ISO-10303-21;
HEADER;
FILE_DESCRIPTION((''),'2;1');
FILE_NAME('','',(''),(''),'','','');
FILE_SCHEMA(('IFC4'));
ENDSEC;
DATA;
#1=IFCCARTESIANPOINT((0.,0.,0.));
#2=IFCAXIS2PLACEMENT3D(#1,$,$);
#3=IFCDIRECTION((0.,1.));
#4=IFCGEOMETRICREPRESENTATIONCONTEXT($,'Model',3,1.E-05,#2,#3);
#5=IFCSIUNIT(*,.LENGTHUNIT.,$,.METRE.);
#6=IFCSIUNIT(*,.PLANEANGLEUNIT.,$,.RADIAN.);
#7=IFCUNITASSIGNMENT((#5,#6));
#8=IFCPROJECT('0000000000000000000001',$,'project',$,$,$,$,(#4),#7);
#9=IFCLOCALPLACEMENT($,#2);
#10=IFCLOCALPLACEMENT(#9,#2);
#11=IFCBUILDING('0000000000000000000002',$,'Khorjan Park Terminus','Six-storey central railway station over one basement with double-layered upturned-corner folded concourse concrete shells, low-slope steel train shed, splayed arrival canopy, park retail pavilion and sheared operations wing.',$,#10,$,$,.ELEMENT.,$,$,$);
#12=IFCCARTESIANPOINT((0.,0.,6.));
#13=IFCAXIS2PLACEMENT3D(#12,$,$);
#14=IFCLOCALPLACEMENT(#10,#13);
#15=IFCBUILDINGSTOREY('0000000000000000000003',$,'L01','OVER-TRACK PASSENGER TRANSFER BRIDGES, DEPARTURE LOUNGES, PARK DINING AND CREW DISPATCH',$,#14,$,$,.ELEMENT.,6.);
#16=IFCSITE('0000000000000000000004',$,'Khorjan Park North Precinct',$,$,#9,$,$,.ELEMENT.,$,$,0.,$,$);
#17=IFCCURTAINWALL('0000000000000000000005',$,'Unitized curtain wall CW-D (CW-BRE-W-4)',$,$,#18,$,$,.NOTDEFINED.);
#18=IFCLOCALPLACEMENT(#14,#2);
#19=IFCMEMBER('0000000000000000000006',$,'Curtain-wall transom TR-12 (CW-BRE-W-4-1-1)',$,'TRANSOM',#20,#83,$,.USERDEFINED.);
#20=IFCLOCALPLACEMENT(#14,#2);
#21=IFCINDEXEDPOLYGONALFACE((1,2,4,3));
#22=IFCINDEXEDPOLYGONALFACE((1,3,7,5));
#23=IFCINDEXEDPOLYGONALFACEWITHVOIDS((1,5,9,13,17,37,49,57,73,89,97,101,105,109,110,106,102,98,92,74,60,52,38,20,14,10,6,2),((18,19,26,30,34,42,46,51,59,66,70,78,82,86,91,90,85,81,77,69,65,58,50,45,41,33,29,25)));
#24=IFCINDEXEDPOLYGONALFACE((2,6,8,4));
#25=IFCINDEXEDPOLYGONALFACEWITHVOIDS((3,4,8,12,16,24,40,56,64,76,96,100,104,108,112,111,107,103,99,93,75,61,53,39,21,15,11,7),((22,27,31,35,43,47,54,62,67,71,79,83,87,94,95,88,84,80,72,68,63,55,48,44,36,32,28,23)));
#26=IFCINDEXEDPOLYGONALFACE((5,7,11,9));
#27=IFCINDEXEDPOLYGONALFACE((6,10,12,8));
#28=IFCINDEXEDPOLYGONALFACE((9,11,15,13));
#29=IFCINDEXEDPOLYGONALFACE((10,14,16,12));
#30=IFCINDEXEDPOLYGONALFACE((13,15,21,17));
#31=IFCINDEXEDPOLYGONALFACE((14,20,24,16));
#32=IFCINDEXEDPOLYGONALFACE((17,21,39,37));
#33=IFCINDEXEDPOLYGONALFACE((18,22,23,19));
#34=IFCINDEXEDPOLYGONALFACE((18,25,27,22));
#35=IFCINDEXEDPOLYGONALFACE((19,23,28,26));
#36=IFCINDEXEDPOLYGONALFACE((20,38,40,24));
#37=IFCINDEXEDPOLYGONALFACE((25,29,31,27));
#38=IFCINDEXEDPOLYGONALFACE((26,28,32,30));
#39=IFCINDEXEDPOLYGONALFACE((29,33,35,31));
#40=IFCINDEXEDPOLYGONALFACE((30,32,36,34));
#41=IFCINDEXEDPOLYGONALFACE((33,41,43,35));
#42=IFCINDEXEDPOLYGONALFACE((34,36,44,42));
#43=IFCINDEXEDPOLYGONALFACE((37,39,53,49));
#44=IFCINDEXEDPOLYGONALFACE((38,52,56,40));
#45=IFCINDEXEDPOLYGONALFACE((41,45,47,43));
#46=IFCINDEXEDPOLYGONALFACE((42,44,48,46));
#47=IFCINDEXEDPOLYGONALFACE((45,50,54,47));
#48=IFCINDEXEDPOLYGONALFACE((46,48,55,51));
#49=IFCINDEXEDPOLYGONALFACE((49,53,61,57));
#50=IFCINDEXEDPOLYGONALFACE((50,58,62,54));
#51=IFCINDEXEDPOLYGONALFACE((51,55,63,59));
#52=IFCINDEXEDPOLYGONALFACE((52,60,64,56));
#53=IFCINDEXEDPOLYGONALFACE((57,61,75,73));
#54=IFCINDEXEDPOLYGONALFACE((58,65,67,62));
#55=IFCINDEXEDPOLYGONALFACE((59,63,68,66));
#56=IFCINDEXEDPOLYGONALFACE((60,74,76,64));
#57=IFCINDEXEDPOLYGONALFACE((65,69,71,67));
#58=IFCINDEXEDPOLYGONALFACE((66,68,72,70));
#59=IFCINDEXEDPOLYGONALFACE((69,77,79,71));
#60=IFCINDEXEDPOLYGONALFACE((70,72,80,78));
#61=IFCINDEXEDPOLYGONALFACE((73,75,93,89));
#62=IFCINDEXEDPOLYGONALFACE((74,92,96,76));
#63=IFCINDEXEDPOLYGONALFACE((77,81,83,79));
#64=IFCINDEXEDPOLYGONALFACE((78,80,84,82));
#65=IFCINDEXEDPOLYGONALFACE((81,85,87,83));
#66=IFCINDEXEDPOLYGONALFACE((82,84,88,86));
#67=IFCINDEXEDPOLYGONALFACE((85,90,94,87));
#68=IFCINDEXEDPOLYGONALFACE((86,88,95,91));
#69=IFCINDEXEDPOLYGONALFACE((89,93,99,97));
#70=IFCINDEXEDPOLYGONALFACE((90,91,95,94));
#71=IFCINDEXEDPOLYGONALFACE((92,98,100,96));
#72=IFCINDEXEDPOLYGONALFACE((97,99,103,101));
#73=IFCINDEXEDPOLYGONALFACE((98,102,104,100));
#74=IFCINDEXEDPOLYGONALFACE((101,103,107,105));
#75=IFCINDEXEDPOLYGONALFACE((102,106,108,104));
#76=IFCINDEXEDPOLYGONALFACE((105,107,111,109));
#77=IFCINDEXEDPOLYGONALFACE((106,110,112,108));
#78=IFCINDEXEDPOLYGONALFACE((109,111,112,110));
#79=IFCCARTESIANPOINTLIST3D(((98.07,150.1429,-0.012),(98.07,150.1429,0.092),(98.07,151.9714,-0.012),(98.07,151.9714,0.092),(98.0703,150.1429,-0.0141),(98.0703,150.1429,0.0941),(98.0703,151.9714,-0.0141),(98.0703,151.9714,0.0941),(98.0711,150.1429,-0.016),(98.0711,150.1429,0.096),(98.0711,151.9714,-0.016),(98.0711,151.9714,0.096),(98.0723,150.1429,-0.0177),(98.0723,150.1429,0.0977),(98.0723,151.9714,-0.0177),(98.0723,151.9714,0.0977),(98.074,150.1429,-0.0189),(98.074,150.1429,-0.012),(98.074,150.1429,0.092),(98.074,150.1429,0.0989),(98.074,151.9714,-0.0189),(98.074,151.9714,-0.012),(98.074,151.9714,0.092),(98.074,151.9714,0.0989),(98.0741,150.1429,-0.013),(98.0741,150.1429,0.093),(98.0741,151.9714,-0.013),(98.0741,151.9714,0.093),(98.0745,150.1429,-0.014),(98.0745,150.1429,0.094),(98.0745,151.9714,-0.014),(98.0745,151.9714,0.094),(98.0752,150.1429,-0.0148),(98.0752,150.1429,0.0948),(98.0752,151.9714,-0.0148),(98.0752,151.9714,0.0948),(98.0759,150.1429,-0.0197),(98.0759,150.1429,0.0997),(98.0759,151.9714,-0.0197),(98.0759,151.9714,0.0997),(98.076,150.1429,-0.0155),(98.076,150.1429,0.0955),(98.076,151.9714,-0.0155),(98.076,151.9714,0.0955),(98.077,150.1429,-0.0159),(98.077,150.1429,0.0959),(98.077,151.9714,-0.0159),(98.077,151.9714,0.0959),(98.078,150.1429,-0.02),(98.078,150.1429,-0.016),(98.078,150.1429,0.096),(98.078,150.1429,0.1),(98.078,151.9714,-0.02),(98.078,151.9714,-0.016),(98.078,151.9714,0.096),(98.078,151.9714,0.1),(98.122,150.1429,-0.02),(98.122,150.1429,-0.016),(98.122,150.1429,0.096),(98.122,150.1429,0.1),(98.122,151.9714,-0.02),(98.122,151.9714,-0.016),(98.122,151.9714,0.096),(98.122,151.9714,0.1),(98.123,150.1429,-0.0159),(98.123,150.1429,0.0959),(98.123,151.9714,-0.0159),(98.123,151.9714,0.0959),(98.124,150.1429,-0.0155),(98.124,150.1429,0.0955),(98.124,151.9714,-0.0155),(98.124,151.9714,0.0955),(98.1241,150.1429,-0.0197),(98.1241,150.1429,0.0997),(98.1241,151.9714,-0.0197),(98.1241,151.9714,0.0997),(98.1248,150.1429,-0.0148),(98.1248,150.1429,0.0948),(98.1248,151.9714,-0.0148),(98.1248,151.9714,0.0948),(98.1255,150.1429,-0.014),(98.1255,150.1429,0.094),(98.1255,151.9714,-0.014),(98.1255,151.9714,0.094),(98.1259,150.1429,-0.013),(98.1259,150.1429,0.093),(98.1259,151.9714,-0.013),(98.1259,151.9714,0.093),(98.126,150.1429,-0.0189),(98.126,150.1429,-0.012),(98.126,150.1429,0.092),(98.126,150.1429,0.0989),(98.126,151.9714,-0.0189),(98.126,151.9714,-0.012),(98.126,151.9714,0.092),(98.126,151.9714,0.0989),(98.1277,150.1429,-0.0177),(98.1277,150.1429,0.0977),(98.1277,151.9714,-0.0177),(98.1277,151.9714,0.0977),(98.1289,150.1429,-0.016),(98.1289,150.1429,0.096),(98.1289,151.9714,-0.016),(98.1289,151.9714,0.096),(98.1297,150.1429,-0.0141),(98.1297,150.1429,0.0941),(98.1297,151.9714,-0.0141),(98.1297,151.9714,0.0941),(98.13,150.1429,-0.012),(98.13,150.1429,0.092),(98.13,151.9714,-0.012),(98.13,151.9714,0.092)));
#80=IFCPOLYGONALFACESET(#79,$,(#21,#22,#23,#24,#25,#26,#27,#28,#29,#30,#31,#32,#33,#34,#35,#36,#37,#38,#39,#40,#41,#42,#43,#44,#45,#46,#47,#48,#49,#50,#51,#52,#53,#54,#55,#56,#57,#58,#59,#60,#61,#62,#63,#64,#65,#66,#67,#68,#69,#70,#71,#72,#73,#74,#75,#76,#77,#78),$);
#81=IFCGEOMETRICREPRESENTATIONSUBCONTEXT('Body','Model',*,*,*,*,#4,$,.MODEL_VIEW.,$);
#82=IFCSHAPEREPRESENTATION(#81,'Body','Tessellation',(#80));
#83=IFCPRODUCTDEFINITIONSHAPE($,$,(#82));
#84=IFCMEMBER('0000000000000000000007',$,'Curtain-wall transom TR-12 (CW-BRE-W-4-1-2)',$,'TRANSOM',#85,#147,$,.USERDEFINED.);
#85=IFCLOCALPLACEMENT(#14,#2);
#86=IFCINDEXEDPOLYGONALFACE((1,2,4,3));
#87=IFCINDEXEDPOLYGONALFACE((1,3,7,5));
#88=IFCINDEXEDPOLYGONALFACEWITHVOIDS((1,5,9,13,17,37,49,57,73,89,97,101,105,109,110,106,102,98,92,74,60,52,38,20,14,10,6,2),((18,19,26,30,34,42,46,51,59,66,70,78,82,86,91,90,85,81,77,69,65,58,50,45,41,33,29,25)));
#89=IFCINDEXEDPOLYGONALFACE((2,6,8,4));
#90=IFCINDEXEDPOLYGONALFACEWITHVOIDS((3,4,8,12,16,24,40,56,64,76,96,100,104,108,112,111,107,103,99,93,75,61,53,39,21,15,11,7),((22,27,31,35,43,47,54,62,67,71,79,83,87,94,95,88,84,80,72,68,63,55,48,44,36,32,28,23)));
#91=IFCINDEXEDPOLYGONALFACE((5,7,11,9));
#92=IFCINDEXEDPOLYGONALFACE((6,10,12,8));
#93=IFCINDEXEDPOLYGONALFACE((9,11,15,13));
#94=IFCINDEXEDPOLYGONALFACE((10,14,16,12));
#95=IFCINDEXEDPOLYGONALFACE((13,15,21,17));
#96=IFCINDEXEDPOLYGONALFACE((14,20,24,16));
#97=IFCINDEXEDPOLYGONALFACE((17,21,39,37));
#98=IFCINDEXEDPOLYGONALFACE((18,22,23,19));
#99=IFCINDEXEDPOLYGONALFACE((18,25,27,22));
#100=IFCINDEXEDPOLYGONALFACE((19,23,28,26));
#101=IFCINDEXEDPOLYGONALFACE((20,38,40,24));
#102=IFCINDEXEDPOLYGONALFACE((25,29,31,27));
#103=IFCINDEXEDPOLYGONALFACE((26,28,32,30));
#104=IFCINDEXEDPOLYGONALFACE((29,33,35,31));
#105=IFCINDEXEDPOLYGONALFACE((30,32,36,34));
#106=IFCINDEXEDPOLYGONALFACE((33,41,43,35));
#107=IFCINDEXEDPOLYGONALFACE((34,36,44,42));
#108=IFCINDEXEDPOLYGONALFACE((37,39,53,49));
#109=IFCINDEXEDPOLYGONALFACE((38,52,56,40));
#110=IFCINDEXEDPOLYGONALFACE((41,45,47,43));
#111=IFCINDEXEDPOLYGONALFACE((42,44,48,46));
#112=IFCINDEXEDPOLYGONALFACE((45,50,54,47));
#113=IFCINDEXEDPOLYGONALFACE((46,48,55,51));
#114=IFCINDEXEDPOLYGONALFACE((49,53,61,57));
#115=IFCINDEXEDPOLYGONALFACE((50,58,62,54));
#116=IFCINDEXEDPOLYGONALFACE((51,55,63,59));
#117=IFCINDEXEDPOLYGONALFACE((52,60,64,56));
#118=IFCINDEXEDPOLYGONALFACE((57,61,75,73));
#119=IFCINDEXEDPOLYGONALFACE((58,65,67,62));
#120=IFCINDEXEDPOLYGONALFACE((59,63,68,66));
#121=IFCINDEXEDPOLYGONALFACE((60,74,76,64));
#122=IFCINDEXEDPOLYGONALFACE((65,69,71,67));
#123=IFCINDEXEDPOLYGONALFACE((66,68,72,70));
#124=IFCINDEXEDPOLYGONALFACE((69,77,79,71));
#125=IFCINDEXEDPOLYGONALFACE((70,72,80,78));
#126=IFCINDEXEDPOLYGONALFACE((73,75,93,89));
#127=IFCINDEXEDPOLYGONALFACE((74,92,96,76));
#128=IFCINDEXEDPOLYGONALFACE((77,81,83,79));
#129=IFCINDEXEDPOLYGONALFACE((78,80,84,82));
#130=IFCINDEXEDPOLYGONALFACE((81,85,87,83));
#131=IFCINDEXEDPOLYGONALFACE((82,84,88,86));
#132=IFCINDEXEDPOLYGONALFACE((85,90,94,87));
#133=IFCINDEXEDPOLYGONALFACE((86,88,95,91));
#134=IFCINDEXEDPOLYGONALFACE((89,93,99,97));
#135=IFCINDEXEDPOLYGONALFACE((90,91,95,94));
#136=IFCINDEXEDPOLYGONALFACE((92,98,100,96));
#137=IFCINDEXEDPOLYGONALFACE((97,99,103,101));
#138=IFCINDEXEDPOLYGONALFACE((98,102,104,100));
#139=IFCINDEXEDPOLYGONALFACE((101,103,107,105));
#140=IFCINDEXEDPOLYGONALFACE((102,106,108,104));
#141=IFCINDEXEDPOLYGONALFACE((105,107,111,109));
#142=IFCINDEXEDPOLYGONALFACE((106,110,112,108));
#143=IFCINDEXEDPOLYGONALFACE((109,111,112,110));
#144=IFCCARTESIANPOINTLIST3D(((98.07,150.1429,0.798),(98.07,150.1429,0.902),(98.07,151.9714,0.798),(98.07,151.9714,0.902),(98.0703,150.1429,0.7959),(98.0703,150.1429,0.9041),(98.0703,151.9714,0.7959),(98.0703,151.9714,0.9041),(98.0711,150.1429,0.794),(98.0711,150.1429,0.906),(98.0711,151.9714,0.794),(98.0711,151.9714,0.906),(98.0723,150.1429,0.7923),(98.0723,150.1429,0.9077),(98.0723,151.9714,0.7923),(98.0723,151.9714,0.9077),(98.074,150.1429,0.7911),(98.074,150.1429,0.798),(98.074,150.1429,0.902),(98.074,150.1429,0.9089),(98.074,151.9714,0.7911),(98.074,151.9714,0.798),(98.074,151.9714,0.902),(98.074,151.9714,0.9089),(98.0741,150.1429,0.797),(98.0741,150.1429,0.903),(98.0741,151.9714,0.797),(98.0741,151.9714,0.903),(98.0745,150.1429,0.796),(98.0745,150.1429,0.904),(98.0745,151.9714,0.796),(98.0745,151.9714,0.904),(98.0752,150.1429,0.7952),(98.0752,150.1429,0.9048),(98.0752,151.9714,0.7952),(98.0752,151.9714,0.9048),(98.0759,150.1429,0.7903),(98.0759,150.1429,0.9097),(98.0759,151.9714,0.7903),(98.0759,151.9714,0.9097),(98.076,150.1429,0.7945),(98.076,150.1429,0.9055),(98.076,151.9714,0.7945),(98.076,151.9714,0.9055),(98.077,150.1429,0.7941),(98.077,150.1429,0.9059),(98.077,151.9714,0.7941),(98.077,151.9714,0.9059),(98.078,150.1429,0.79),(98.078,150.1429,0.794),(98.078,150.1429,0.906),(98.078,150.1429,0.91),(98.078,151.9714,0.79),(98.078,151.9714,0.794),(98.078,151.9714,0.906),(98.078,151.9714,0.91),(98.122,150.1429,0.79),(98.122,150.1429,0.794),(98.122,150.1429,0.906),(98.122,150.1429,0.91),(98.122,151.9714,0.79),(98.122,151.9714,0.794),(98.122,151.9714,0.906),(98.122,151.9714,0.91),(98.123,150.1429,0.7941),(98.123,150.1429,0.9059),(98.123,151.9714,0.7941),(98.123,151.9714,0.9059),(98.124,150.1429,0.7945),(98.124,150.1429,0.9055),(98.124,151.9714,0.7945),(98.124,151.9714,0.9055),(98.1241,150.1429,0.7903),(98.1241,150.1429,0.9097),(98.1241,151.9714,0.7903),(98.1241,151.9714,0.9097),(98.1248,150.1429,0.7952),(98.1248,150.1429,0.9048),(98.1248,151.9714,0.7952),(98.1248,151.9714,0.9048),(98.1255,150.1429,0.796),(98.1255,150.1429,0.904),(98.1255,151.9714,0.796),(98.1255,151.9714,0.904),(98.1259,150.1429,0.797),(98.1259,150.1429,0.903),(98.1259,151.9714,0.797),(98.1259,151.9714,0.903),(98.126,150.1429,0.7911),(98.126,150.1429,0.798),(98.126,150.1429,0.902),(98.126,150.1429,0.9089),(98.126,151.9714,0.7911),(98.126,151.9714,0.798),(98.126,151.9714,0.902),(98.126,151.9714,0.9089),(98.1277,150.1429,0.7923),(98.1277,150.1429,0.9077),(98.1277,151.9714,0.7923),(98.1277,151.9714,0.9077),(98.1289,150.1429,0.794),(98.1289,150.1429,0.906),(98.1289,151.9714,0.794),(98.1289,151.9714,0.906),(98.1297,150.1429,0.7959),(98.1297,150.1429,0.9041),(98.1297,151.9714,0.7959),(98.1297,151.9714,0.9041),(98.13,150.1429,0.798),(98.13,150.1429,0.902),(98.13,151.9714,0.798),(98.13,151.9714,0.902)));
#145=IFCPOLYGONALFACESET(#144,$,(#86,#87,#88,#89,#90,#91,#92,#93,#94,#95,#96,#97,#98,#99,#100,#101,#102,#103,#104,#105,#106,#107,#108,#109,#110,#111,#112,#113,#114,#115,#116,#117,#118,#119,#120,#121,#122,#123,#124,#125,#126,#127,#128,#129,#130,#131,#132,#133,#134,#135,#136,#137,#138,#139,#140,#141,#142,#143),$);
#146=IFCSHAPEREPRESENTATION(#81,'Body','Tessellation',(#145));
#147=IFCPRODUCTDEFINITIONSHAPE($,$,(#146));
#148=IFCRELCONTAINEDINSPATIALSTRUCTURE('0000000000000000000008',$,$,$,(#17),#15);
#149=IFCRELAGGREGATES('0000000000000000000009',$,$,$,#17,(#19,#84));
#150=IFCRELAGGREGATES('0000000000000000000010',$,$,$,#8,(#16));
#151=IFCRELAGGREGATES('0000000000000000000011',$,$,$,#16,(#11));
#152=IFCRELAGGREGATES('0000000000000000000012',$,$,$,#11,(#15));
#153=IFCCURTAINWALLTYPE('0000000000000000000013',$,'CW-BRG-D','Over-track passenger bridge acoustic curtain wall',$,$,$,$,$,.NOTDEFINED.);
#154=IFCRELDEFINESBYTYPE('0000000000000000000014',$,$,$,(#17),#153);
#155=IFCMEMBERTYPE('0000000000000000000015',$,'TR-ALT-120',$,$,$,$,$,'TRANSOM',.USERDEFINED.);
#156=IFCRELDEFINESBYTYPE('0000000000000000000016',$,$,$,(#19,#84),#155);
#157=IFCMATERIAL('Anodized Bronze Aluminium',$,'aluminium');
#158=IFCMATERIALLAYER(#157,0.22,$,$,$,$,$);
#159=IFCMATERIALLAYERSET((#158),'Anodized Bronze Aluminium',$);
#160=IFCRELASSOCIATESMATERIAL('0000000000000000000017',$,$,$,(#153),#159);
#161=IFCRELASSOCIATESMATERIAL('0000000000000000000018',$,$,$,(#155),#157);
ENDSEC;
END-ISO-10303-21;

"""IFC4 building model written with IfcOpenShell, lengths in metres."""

from ifc_helpers import new_model, si_unit, direction, frame, origin, origin_2d, place, context, subcontext, project, spatial, hollow_rectangle, extrude, material, layer, layer_set, material_profile, profile_set, type_object, element, aggregate, save


model = new_model("IFC4")

# Units and contexts
model_context = context("Model", 3, precision=1e-05, world=origin(), true_north=direction((0.0, 1.0)))
body_context = subcontext(model_context, "Body", "Model", "MODEL_VIEW")
ifc_project = project(units=[si_unit("LENGTHUNIT", "METRE"), si_unit("PLANEANGLEUNIT", "RADIAN")], contexts=[model_context])

# Site, building, storey
site_placement = place(None, origin())
site = spatial("IfcSite", under=ifc_project, at=site_placement, Name="Khorjan Park North Precinct", CompositionType="ELEMENT", RefElevation=0.0)
building_placement = place(site_placement, origin())
building = spatial("IfcBuilding", under=site, at=building_placement, Name="Khorjan Park Terminus", Description="Six-storey central railway station over one basement with double-layered upturned-corner folded concourse concrete shells, low-slope steel train shed, splayed arrival canopy, park retail pavilion and sheared operations wing.", CompositionType="ELEMENT")
storey_placement = place(building_placement, frame((0.0, 0.0, 6.0)))
storey = spatial("IfcBuildingStorey", under=building, at=storey_placement, Name="L01", Description="OVER-TRACK PASSENGER TRANSFER BRIDGES, DEPARTURE LOUNGES, PARK DINING AND CREW DISPATCH", CompositionType="ELEMENT", Elevation=6.0)

# Curtain wall, members
ifc_material_1 = material(Name="Anodized Bronze Aluminium", Category="aluminium")
ifc_layer_1 = layer(ifc_material_1, 0.22)
ifc_layer_set_1 = layer_set([ifc_layer_1], Name="Anodized Bronze Aluminium")
curtain_wall_type = type_object("IfcCurtainWallType", Name="CW-BRG-D", Description="Over-track passenger bridge acoustic curtain wall", PredefinedType="NOTDEFINED", material=ifc_layer_set_1)
curtain_wall_1_placement = place(storey_placement, origin())
curtain_wall_1 = element("IfcCurtainWall", 1, at=curtain_wall_1_placement, inside=storey, type_object=curtain_wall_type, Name="Unitized curtain wall CW-D (CW-BRE-W-4)", PredefinedType="NOTDEFINED")
ifc_material_profile_1 = material_profile(ifc_material_1, hollow_rectangle(XDim=0.06, YDim=0.12, WallThickness=0.004, InnerFilletRadius=0.004, OuterFilletRadius=0.008, at=origin_2d()), Name="ALT 60x120x4")
ifc_profile_set_1 = profile_set([ifc_material_profile_1], Name="Anodized Bronze Aluminium")
member_type_1 = type_object("IfcMemberType", Name="TR-ALT-120", ElementType="TRANSOM", PredefinedType="USERDEFINED", material=ifc_profile_set_1)
member_1_placement = place(storey_placement, frame((98.1, 151.9714, 0.04), z_axis=(0.0, -1.0, 0.0), x_axis=(1.0, 0.0, 0.0)))
member_1 = element("IfcMember", 2, at=member_1_placement, type_object=member_type_1, Name="Curtain-wall transom TR-12 (CW-BRE-W-4-1-1)", ObjectType="TRANSOM", PredefinedType="USERDEFINED", context=body_context, shape_type="SweptSolid", body=[
    extrude(hollow_rectangle(XDim=0.06, YDim=0.12, WallThickness=0.004, InnerFilletRadius=0.004, OuterFilletRadius=0.008, at=origin_2d()), origin(), (0.0, 0.0, 1.0), 1.8285),
])
member_2_placement = place(storey_placement, frame((98.1, 151.9714, 0.85), z_axis=(0.0, -1.0, 0.0), x_axis=(1.0, 0.0, 0.0)))
member_2 = element("IfcMember", 3, at=member_2_placement, type_object=member_type_1, Name="Curtain-wall transom TR-12 (CW-BRE-W-4-1-2)", ObjectType="TRANSOM", PredefinedType="USERDEFINED", context=body_context, shape_type="SweptSolid", body=[
    extrude(hollow_rectangle(XDim=0.06, YDim=0.12, WallThickness=0.004, InnerFilletRadius=0.004, OuterFilletRadius=0.008, at=origin_2d()), origin(), (0.0, 0.0, 1.0), 1.8285),
])

aggregate(curtain_wall_1, [member_1, member_2])

save(model, "model.ifc")
